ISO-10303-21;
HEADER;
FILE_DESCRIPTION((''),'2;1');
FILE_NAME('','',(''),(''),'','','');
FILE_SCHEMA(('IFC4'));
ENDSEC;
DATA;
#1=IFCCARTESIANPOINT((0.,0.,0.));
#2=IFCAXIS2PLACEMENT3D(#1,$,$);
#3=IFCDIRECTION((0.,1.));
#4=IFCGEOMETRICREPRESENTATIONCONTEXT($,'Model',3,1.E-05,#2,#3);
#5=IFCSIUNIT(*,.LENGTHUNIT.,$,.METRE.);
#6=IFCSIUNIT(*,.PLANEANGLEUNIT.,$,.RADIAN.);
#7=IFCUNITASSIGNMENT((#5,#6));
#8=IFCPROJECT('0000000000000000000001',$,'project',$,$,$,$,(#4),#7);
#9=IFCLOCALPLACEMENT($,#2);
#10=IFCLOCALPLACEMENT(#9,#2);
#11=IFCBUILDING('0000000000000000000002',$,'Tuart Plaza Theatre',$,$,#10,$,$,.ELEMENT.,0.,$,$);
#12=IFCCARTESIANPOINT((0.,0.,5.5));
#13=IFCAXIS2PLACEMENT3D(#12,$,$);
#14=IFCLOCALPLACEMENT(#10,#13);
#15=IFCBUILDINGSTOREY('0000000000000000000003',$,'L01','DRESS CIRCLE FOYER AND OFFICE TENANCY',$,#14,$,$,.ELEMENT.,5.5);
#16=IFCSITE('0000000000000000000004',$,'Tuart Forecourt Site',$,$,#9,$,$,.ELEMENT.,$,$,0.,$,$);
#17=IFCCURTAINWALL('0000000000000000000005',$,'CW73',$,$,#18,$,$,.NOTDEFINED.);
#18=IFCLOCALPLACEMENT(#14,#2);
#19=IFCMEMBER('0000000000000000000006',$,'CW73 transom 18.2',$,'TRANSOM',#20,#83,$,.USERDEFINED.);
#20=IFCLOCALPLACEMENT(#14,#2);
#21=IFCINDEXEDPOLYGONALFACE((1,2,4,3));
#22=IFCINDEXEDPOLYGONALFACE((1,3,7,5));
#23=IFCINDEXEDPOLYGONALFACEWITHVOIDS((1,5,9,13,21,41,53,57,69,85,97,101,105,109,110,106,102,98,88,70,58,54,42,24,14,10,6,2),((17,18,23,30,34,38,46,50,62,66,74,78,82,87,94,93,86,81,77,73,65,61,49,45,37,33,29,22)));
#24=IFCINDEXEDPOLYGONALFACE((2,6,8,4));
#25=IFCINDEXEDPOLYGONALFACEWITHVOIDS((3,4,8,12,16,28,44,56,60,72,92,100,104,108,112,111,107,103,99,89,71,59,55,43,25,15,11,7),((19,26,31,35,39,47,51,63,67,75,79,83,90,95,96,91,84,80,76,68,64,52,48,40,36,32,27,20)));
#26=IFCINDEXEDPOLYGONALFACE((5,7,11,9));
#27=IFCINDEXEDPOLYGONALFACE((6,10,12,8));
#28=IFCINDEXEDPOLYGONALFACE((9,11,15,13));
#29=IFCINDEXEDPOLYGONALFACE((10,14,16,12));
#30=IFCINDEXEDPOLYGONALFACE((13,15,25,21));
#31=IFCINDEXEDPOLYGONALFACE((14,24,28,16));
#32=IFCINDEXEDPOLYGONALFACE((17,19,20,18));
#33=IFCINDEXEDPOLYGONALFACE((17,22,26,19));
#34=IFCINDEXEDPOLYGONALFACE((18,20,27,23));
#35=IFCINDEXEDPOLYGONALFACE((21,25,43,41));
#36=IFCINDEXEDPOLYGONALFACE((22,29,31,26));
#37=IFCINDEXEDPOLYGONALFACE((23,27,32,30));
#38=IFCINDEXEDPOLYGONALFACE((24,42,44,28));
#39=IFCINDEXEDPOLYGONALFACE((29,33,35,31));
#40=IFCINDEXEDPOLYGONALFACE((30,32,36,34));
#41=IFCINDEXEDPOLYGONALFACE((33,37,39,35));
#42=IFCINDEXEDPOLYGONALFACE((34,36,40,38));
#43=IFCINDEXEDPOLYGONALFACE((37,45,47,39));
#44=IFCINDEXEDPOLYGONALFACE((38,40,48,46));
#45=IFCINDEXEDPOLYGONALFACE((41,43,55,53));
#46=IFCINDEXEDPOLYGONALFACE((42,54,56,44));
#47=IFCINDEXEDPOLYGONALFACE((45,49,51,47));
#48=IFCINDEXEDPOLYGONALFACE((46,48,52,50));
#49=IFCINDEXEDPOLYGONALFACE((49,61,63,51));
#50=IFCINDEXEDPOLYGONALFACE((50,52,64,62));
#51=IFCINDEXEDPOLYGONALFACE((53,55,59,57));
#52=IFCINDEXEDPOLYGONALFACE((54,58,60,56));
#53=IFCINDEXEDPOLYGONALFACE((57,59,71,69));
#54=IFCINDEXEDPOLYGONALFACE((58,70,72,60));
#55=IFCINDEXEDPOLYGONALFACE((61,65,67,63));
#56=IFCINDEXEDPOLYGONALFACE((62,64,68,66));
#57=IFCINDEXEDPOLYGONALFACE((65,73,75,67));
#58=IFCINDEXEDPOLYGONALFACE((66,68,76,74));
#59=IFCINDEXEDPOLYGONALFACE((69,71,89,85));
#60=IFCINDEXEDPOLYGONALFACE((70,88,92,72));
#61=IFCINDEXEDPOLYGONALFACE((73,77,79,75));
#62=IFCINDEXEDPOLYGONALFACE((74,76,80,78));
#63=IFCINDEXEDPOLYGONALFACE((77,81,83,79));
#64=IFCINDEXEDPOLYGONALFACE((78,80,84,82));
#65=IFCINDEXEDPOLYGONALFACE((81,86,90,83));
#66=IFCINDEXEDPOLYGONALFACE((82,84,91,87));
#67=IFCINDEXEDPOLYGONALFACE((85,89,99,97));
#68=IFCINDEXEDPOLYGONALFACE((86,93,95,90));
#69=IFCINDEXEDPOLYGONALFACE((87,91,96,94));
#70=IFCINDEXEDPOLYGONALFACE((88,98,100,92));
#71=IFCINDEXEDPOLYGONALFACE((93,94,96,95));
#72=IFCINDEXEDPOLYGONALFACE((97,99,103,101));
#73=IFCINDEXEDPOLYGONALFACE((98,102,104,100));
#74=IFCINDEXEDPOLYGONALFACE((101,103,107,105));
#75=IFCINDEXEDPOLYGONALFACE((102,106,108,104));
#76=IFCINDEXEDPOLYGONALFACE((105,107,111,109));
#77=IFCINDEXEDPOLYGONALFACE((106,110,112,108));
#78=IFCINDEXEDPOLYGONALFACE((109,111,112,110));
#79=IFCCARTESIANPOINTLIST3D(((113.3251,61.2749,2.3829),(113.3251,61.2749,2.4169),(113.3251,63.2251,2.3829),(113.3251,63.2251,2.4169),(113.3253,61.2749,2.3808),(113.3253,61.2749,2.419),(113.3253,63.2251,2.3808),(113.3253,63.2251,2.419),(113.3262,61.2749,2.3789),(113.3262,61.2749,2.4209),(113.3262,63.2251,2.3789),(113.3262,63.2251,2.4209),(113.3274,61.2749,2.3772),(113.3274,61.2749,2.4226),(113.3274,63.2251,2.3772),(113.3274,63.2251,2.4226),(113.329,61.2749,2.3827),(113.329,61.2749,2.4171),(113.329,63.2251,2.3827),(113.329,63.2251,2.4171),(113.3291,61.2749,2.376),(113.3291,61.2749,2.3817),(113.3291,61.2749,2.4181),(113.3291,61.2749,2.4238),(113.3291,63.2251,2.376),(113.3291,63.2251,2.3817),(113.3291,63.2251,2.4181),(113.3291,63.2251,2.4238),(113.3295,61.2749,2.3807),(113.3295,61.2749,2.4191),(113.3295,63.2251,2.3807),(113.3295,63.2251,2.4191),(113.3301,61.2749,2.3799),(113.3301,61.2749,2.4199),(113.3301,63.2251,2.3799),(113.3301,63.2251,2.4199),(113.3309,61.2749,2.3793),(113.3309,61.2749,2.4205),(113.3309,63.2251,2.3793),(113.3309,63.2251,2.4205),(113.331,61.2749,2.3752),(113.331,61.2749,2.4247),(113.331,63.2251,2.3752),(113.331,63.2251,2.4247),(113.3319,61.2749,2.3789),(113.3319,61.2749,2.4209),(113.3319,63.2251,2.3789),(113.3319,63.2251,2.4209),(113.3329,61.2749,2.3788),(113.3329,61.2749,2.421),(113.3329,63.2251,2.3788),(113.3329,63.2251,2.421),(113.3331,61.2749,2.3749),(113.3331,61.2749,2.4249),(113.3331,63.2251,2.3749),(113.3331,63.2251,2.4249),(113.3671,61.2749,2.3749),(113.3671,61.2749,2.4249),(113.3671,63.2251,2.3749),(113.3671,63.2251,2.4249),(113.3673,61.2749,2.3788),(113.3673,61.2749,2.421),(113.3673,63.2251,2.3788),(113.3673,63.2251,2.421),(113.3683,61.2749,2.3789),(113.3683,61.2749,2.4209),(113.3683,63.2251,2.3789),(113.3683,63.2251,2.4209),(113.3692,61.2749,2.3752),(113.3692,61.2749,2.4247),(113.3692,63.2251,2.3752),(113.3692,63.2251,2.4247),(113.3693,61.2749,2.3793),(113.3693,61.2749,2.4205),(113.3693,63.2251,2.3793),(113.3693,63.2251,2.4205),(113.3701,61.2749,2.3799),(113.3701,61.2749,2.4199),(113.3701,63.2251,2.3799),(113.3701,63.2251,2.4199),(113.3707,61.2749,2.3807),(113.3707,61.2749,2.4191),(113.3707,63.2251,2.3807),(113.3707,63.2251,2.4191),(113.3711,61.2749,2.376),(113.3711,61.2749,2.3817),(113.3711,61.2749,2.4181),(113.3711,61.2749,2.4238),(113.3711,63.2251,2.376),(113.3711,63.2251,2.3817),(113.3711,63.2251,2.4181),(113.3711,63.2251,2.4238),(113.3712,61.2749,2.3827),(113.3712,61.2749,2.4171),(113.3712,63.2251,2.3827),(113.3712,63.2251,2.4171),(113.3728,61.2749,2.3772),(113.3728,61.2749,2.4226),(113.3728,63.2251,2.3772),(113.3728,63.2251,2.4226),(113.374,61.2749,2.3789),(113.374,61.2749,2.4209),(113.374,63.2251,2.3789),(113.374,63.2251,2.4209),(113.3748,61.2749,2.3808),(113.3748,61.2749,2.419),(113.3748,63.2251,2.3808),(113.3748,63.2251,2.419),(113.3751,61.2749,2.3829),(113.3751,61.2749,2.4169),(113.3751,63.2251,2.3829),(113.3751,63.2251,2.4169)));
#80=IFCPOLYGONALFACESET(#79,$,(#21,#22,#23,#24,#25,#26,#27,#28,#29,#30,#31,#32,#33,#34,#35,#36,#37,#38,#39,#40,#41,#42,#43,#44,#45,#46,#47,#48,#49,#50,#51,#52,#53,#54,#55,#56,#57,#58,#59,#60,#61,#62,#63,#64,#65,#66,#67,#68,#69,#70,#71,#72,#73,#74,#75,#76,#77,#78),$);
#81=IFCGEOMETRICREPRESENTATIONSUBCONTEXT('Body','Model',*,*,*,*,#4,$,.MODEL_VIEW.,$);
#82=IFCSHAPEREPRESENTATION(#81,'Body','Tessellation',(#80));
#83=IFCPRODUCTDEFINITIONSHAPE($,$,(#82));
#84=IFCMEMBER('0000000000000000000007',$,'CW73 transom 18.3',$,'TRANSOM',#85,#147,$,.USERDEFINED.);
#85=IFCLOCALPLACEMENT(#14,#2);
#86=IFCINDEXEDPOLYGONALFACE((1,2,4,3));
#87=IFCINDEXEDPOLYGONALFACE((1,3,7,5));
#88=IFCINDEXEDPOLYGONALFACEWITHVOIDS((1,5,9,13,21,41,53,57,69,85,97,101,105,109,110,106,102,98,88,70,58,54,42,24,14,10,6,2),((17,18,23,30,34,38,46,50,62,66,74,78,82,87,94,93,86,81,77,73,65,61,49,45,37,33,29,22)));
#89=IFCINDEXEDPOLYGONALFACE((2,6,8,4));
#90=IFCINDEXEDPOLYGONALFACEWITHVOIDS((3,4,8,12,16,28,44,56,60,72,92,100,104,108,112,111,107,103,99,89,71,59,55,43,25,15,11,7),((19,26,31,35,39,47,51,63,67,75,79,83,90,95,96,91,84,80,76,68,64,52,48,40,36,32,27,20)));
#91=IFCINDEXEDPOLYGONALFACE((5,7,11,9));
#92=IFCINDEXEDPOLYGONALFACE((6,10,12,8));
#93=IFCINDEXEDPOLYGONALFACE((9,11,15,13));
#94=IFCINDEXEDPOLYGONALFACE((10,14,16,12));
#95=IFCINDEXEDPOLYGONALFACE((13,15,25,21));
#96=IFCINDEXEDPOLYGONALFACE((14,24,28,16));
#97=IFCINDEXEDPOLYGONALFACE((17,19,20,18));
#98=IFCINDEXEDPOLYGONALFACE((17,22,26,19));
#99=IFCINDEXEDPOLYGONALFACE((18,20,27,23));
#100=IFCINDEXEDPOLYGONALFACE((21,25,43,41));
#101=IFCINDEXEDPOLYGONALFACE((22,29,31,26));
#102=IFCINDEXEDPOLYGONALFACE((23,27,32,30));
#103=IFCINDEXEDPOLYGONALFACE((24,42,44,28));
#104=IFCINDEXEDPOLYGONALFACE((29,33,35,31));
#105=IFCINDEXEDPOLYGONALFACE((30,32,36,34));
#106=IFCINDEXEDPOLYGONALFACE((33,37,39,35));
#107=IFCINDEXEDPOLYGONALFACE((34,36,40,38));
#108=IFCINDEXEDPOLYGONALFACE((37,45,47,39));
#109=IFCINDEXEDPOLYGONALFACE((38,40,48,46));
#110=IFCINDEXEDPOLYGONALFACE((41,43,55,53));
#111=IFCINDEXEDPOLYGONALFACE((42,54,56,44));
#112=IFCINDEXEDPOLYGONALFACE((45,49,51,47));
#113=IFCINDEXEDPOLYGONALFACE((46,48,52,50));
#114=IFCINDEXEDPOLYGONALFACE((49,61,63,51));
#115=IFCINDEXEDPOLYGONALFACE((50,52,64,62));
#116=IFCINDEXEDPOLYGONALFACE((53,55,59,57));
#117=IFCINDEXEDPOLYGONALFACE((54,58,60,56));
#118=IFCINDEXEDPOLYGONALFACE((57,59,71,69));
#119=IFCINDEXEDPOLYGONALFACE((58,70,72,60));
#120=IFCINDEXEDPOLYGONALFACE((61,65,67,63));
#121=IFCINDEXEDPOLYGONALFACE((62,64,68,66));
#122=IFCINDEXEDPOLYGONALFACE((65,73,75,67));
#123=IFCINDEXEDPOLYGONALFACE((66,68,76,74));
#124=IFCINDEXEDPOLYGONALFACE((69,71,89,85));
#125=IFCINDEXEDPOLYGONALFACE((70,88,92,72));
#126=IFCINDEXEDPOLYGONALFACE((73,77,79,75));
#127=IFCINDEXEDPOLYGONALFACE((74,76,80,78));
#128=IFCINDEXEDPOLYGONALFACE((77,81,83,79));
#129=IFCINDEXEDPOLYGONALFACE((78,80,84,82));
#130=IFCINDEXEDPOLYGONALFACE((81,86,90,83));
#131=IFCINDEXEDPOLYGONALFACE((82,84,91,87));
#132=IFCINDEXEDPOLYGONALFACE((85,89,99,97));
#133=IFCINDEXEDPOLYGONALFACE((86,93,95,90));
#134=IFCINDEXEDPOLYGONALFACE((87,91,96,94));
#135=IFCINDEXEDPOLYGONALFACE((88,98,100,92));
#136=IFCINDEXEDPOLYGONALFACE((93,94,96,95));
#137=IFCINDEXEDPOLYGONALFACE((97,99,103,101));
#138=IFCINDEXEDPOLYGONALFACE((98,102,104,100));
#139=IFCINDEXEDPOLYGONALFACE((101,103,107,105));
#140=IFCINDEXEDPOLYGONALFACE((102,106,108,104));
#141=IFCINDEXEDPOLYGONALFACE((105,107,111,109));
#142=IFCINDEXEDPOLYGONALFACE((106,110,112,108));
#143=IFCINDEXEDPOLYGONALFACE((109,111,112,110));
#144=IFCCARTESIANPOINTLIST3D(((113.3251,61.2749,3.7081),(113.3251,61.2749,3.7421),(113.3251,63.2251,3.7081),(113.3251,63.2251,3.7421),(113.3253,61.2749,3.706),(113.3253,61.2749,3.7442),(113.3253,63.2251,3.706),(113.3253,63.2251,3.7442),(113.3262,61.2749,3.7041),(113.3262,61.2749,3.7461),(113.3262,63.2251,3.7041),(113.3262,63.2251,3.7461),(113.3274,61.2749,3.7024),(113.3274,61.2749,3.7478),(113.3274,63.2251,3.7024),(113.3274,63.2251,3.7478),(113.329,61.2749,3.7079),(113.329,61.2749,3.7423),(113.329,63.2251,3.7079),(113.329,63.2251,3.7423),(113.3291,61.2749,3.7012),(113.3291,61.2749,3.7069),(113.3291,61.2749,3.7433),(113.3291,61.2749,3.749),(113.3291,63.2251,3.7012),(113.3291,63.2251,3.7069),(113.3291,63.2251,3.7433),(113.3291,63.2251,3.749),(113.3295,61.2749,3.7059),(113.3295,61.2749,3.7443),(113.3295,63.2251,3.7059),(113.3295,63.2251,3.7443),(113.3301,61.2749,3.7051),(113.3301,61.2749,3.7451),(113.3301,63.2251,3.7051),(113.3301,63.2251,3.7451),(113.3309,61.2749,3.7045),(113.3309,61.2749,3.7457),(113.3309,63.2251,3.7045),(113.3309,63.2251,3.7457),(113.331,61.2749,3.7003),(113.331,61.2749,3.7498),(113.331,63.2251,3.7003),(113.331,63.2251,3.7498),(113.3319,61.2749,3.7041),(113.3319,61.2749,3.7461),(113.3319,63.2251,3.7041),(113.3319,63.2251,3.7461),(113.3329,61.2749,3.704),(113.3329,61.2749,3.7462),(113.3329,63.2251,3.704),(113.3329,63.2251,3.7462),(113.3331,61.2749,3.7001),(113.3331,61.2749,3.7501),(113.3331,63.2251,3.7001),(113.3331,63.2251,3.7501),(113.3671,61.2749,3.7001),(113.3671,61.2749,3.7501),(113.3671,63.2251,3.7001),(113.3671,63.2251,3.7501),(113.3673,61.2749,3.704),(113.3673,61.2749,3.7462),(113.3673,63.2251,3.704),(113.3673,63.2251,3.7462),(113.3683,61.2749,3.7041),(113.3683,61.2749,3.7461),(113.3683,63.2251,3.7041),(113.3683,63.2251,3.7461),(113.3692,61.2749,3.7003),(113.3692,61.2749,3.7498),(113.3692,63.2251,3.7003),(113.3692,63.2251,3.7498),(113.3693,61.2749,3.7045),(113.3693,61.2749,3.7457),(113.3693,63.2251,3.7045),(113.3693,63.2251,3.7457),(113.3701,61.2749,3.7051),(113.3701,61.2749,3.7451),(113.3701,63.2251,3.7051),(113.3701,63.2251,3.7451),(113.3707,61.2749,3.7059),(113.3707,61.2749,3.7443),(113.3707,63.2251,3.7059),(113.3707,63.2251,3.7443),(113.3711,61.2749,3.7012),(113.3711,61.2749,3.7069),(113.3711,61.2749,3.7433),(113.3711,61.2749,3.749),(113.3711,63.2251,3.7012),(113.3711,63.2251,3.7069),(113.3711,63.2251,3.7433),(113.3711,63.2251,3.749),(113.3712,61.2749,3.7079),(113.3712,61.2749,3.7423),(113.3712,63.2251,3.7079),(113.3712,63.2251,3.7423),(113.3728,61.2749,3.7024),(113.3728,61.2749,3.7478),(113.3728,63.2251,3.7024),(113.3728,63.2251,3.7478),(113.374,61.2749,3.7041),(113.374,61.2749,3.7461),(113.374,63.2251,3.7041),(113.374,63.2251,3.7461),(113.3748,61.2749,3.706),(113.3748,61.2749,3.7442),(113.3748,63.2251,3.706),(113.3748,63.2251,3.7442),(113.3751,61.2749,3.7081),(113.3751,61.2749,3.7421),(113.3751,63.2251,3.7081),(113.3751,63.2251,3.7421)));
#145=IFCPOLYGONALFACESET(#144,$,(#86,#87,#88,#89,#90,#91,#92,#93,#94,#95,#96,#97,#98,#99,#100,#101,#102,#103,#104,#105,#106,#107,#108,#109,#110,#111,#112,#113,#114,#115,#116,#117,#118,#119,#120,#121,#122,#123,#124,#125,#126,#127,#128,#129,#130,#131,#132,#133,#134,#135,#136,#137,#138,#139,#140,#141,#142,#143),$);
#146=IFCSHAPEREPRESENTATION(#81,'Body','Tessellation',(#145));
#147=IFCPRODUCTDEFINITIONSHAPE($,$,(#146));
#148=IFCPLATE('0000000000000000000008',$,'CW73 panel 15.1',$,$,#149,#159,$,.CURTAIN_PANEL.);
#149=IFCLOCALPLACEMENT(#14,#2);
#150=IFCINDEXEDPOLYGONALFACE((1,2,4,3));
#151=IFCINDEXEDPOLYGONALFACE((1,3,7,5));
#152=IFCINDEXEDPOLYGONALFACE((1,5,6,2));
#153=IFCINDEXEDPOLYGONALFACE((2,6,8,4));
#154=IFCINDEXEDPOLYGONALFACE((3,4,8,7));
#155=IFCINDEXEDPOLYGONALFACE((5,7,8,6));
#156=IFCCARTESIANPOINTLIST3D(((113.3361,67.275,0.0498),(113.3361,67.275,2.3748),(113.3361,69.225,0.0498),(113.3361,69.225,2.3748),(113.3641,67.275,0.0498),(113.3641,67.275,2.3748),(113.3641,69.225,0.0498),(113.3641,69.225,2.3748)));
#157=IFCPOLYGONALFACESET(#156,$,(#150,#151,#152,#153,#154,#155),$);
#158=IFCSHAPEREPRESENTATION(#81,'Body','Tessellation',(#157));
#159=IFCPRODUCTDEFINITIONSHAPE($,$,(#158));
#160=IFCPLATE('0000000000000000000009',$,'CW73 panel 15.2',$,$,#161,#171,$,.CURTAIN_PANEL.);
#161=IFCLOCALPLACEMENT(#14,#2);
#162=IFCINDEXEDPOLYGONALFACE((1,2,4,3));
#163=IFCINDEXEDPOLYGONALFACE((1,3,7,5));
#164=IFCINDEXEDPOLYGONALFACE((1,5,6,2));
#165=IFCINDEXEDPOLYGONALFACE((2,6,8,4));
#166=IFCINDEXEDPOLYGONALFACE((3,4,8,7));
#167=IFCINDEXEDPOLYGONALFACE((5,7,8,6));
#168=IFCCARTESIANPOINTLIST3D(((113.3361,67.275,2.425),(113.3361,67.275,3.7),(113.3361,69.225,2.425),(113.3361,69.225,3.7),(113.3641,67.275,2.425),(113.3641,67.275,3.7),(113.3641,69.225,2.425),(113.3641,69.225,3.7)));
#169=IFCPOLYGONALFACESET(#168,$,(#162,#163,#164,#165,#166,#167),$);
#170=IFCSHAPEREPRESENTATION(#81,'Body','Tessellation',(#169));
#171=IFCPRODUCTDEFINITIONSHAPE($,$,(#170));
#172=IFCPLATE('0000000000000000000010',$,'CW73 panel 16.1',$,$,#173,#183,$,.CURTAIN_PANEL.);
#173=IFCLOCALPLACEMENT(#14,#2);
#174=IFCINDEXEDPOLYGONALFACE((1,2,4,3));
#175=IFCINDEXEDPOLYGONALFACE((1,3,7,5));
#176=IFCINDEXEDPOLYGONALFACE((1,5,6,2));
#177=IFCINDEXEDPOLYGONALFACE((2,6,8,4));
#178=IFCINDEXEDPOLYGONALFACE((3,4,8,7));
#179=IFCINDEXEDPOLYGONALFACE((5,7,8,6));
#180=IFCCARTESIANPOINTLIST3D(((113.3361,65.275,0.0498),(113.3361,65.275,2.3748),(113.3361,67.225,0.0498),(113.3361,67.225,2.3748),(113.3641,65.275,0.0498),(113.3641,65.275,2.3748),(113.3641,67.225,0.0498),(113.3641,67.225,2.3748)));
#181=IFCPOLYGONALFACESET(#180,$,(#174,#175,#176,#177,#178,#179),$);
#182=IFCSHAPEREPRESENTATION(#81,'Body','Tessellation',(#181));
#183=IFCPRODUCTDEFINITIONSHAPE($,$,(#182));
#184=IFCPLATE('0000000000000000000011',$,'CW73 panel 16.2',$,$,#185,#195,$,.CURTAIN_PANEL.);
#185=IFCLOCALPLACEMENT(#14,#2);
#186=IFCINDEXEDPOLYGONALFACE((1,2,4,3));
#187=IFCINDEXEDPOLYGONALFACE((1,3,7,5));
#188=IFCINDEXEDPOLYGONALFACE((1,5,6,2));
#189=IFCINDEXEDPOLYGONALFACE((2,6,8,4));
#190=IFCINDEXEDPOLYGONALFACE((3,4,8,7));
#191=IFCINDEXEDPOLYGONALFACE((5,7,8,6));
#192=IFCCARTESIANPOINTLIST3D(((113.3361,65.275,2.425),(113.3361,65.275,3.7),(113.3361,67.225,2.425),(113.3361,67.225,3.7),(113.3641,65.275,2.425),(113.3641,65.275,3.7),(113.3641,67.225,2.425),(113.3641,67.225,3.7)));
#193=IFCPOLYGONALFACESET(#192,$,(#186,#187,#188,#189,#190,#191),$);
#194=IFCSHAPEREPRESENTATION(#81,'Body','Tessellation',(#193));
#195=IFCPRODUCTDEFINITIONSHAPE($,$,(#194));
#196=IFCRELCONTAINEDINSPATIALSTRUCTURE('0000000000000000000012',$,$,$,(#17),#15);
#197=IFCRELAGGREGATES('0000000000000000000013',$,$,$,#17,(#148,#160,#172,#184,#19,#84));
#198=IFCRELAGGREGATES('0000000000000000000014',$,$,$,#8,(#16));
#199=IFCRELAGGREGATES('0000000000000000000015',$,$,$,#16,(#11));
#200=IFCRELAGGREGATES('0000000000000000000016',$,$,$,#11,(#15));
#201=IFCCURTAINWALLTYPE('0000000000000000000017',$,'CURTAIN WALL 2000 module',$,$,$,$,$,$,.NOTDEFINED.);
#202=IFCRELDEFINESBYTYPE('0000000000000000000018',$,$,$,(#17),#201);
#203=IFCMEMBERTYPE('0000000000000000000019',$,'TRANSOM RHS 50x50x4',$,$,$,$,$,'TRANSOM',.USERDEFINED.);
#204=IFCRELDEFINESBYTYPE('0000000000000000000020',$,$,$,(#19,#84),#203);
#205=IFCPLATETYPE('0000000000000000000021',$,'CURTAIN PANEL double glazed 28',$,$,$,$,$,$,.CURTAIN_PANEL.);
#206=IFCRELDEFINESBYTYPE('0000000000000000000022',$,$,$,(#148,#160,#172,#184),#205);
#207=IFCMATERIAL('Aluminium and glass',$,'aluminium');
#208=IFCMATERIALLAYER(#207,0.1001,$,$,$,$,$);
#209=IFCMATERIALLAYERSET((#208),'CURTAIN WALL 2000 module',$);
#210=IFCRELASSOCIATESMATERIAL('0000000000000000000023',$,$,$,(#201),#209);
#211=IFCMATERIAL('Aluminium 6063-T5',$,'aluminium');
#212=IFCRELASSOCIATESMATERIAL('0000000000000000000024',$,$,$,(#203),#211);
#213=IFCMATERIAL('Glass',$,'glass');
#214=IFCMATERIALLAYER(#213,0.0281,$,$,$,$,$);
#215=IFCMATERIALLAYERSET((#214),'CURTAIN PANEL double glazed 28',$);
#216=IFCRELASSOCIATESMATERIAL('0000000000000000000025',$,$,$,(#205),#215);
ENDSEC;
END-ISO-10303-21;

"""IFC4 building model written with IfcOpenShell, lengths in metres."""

from ifc_helpers import new_model, si_unit, direction, frame, origin, origin_2d, place, context, subcontext, project, spatial, rectangle, hollow_rectangle, extrude, material, layer, layer_set, material_profile, profile_set, type_object, element, aggregate, save


model = new_model("IFC4")

# Units and contexts
model_context = context("Model", 3, precision=1e-05, world=origin(), true_north=direction((0.0, 1.0)))
body_context = subcontext(model_context, "Body", "Model", "MODEL_VIEW")
ifc_project = project(units=[si_unit("LENGTHUNIT", "METRE"), si_unit("PLANEANGLEUNIT", "RADIAN")], contexts=[model_context])

# Site, building, storey
site_placement = place(None, origin())
site = spatial("IfcSite", under=ifc_project, at=site_placement, Name="Tuart Forecourt Site", CompositionType="ELEMENT", RefElevation=0.0)
building_placement = place(site_placement, origin())
building = spatial("IfcBuilding", under=site, at=building_placement, Name="Tuart Plaza Theatre", CompositionType="ELEMENT", ElevationOfRefHeight=0.0)
storey_placement = place(building_placement, frame((0.0, 0.0, 5.5)))
storey = spatial("IfcBuildingStorey", under=building, at=storey_placement, Name="L01", Description="DRESS CIRCLE FOYER AND OFFICE TENANCY", CompositionType="ELEMENT", Elevation=5.5)

# Curtain wall, members, plates
ifc_material_1 = material(Name="Aluminium and glass", Category="aluminium")
ifc_layer_1 = layer(ifc_material_1, 0.1001)
ifc_layer_set_1 = layer_set([ifc_layer_1], Name="CURTAIN WALL 2000 module")
curtain_wall_type = type_object("IfcCurtainWallType", Name="CURTAIN WALL 2000 module", PredefinedType="NOTDEFINED", material=ifc_layer_set_1)
curtain_wall_placement = place(storey_placement, origin())
curtain_wall = element("IfcCurtainWall", 1, at=curtain_wall_placement, inside=storey, type_object=curtain_wall_type, Name="CW73", PredefinedType="NOTDEFINED")
ifc_material_2 = material(Name="Aluminium 6063-T5", Category="aluminium")
ifc_material_profile_1 = material_profile(ifc_material_2, hollow_rectangle(XDim=0.05, YDim=0.05, WallThickness=0.0039, InnerFilletRadius=0.0039, OuterFilletRadius=0.0081, at=origin_2d()), Name="RHS 50x50x4")
ifc_profile_set_1 = profile_set([ifc_material_profile_1], Name="Aluminium 6063-T5")
member_type_1 = type_object("IfcMemberType", Name="TRANSOM RHS 50x50x4", ElementType="TRANSOM", PredefinedType="USERDEFINED", material=ifc_profile_set_1)
member_1_placement = place(storey_placement, frame((113.3501, 63.2251, 2.3999), z_axis=(0.0, -1.0, 0.0), x_axis=(1.0, 0.0, 0.0)))
member_1 = element("IfcMember", 2, at=member_1_placement, type_object=member_type_1, Name="CW73 transom 18.2", ObjectType="TRANSOM", PredefinedType="USERDEFINED", context=body_context, shape_type="SweptSolid", body=[
    extrude(hollow_rectangle(XDim=0.05, YDim=0.05, WallThickness=0.0039, InnerFilletRadius=0.0039, OuterFilletRadius=0.0081, at=origin_2d()), origin(), (0.0, 0.0, 1.0), 1.9502),
])
member_2_placement = place(storey_placement, frame((113.3501, 63.2251, 3.7251), z_axis=(0.0, -1.0, 0.0), x_axis=(1.0, 0.0, 0.0)))
member_2 = element("IfcMember", 3, at=member_2_placement, type_object=member_type_1, Name="CW73 transom 18.3", ObjectType="TRANSOM", PredefinedType="USERDEFINED", context=body_context, shape_type="SweptSolid", body=[
    extrude(hollow_rectangle(XDim=0.05, YDim=0.05, WallThickness=0.0039, InnerFilletRadius=0.0039, OuterFilletRadius=0.0081, at=origin_2d()), origin(), (0.0, 0.0, 1.0), 1.9502),
])
ifc_material_3 = material(Name="Glass", Category="glass")
ifc_layer_2 = layer(ifc_material_3, 0.0281)
ifc_layer_set_2 = layer_set([ifc_layer_2], Name="CURTAIN PANEL double glazed 28")
plate_type = type_object("IfcPlateType", Name="CURTAIN PANEL double glazed 28", PredefinedType="CURTAIN_PANEL", material=ifc_layer_set_2)
plate_1_placement = place(storey_placement, frame((113.3501, 68.25, 0.0498), z_axis=(0.0, 0.0, 1.0), x_axis=(0.0, -1.0, 0.0)))
plate_1 = element("IfcPlate", 4, at=plate_1_placement, type_object=plate_type, Name="CW73 panel 15.1", PredefinedType="CURTAIN_PANEL", context=body_context, shape_type="SweptSolid", body=[
    extrude(rectangle(XDim=1.95, YDim=0.0281, at=origin_2d()), origin(), (0.0, 0.0, 1.0), 2.325),
])
plate_2_placement = place(storey_placement, frame((113.3501, 68.25, 2.425), z_axis=(0.0, 0.0, 1.0), x_axis=(0.0, -1.0, 0.0)))
plate_2 = element("IfcPlate", 5, at=plate_2_placement, type_object=plate_type, Name="CW73 panel 15.2", PredefinedType="CURTAIN_PANEL", context=body_context, shape_type="SweptSolid", body=[
    extrude(rectangle(XDim=1.95, YDim=0.0281, at=origin_2d()), origin(), (0.0, 0.0, 1.0), 1.2749),
])
plate_3_placement = place(storey_placement, frame((113.3501, 66.25, 0.0498), z_axis=(0.0, 0.0, 1.0), x_axis=(0.0, -1.0, 0.0)))
plate_3 = element("IfcPlate", 6, at=plate_3_placement, type_object=plate_type, Name="CW73 panel 16.1", PredefinedType="CURTAIN_PANEL", context=body_context, shape_type="SweptSolid", body=[
    extrude(rectangle(XDim=1.95, YDim=0.0281, at=origin_2d()), origin(), (0.0, 0.0, 1.0), 2.325),
])
plate_4_placement = place(storey_placement, frame((113.3501, 66.25, 2.425), z_axis=(0.0, 0.0, 1.0), x_axis=(0.0, -1.0, 0.0)))
plate_4 = element("IfcPlate", 7, at=plate_4_placement, type_object=plate_type, Name="CW73 panel 16.2", PredefinedType="CURTAIN_PANEL", context=body_context, shape_type="SweptSolid", body=[
    extrude(rectangle(XDim=1.95, YDim=0.0281, at=origin_2d()), origin(), (0.0, 0.0, 1.0), 1.2749),
])
aggregate(curtain_wall, [plate_1, plate_2, plate_3, plate_4, member_1, member_2])

save(model, "model.ifc")
